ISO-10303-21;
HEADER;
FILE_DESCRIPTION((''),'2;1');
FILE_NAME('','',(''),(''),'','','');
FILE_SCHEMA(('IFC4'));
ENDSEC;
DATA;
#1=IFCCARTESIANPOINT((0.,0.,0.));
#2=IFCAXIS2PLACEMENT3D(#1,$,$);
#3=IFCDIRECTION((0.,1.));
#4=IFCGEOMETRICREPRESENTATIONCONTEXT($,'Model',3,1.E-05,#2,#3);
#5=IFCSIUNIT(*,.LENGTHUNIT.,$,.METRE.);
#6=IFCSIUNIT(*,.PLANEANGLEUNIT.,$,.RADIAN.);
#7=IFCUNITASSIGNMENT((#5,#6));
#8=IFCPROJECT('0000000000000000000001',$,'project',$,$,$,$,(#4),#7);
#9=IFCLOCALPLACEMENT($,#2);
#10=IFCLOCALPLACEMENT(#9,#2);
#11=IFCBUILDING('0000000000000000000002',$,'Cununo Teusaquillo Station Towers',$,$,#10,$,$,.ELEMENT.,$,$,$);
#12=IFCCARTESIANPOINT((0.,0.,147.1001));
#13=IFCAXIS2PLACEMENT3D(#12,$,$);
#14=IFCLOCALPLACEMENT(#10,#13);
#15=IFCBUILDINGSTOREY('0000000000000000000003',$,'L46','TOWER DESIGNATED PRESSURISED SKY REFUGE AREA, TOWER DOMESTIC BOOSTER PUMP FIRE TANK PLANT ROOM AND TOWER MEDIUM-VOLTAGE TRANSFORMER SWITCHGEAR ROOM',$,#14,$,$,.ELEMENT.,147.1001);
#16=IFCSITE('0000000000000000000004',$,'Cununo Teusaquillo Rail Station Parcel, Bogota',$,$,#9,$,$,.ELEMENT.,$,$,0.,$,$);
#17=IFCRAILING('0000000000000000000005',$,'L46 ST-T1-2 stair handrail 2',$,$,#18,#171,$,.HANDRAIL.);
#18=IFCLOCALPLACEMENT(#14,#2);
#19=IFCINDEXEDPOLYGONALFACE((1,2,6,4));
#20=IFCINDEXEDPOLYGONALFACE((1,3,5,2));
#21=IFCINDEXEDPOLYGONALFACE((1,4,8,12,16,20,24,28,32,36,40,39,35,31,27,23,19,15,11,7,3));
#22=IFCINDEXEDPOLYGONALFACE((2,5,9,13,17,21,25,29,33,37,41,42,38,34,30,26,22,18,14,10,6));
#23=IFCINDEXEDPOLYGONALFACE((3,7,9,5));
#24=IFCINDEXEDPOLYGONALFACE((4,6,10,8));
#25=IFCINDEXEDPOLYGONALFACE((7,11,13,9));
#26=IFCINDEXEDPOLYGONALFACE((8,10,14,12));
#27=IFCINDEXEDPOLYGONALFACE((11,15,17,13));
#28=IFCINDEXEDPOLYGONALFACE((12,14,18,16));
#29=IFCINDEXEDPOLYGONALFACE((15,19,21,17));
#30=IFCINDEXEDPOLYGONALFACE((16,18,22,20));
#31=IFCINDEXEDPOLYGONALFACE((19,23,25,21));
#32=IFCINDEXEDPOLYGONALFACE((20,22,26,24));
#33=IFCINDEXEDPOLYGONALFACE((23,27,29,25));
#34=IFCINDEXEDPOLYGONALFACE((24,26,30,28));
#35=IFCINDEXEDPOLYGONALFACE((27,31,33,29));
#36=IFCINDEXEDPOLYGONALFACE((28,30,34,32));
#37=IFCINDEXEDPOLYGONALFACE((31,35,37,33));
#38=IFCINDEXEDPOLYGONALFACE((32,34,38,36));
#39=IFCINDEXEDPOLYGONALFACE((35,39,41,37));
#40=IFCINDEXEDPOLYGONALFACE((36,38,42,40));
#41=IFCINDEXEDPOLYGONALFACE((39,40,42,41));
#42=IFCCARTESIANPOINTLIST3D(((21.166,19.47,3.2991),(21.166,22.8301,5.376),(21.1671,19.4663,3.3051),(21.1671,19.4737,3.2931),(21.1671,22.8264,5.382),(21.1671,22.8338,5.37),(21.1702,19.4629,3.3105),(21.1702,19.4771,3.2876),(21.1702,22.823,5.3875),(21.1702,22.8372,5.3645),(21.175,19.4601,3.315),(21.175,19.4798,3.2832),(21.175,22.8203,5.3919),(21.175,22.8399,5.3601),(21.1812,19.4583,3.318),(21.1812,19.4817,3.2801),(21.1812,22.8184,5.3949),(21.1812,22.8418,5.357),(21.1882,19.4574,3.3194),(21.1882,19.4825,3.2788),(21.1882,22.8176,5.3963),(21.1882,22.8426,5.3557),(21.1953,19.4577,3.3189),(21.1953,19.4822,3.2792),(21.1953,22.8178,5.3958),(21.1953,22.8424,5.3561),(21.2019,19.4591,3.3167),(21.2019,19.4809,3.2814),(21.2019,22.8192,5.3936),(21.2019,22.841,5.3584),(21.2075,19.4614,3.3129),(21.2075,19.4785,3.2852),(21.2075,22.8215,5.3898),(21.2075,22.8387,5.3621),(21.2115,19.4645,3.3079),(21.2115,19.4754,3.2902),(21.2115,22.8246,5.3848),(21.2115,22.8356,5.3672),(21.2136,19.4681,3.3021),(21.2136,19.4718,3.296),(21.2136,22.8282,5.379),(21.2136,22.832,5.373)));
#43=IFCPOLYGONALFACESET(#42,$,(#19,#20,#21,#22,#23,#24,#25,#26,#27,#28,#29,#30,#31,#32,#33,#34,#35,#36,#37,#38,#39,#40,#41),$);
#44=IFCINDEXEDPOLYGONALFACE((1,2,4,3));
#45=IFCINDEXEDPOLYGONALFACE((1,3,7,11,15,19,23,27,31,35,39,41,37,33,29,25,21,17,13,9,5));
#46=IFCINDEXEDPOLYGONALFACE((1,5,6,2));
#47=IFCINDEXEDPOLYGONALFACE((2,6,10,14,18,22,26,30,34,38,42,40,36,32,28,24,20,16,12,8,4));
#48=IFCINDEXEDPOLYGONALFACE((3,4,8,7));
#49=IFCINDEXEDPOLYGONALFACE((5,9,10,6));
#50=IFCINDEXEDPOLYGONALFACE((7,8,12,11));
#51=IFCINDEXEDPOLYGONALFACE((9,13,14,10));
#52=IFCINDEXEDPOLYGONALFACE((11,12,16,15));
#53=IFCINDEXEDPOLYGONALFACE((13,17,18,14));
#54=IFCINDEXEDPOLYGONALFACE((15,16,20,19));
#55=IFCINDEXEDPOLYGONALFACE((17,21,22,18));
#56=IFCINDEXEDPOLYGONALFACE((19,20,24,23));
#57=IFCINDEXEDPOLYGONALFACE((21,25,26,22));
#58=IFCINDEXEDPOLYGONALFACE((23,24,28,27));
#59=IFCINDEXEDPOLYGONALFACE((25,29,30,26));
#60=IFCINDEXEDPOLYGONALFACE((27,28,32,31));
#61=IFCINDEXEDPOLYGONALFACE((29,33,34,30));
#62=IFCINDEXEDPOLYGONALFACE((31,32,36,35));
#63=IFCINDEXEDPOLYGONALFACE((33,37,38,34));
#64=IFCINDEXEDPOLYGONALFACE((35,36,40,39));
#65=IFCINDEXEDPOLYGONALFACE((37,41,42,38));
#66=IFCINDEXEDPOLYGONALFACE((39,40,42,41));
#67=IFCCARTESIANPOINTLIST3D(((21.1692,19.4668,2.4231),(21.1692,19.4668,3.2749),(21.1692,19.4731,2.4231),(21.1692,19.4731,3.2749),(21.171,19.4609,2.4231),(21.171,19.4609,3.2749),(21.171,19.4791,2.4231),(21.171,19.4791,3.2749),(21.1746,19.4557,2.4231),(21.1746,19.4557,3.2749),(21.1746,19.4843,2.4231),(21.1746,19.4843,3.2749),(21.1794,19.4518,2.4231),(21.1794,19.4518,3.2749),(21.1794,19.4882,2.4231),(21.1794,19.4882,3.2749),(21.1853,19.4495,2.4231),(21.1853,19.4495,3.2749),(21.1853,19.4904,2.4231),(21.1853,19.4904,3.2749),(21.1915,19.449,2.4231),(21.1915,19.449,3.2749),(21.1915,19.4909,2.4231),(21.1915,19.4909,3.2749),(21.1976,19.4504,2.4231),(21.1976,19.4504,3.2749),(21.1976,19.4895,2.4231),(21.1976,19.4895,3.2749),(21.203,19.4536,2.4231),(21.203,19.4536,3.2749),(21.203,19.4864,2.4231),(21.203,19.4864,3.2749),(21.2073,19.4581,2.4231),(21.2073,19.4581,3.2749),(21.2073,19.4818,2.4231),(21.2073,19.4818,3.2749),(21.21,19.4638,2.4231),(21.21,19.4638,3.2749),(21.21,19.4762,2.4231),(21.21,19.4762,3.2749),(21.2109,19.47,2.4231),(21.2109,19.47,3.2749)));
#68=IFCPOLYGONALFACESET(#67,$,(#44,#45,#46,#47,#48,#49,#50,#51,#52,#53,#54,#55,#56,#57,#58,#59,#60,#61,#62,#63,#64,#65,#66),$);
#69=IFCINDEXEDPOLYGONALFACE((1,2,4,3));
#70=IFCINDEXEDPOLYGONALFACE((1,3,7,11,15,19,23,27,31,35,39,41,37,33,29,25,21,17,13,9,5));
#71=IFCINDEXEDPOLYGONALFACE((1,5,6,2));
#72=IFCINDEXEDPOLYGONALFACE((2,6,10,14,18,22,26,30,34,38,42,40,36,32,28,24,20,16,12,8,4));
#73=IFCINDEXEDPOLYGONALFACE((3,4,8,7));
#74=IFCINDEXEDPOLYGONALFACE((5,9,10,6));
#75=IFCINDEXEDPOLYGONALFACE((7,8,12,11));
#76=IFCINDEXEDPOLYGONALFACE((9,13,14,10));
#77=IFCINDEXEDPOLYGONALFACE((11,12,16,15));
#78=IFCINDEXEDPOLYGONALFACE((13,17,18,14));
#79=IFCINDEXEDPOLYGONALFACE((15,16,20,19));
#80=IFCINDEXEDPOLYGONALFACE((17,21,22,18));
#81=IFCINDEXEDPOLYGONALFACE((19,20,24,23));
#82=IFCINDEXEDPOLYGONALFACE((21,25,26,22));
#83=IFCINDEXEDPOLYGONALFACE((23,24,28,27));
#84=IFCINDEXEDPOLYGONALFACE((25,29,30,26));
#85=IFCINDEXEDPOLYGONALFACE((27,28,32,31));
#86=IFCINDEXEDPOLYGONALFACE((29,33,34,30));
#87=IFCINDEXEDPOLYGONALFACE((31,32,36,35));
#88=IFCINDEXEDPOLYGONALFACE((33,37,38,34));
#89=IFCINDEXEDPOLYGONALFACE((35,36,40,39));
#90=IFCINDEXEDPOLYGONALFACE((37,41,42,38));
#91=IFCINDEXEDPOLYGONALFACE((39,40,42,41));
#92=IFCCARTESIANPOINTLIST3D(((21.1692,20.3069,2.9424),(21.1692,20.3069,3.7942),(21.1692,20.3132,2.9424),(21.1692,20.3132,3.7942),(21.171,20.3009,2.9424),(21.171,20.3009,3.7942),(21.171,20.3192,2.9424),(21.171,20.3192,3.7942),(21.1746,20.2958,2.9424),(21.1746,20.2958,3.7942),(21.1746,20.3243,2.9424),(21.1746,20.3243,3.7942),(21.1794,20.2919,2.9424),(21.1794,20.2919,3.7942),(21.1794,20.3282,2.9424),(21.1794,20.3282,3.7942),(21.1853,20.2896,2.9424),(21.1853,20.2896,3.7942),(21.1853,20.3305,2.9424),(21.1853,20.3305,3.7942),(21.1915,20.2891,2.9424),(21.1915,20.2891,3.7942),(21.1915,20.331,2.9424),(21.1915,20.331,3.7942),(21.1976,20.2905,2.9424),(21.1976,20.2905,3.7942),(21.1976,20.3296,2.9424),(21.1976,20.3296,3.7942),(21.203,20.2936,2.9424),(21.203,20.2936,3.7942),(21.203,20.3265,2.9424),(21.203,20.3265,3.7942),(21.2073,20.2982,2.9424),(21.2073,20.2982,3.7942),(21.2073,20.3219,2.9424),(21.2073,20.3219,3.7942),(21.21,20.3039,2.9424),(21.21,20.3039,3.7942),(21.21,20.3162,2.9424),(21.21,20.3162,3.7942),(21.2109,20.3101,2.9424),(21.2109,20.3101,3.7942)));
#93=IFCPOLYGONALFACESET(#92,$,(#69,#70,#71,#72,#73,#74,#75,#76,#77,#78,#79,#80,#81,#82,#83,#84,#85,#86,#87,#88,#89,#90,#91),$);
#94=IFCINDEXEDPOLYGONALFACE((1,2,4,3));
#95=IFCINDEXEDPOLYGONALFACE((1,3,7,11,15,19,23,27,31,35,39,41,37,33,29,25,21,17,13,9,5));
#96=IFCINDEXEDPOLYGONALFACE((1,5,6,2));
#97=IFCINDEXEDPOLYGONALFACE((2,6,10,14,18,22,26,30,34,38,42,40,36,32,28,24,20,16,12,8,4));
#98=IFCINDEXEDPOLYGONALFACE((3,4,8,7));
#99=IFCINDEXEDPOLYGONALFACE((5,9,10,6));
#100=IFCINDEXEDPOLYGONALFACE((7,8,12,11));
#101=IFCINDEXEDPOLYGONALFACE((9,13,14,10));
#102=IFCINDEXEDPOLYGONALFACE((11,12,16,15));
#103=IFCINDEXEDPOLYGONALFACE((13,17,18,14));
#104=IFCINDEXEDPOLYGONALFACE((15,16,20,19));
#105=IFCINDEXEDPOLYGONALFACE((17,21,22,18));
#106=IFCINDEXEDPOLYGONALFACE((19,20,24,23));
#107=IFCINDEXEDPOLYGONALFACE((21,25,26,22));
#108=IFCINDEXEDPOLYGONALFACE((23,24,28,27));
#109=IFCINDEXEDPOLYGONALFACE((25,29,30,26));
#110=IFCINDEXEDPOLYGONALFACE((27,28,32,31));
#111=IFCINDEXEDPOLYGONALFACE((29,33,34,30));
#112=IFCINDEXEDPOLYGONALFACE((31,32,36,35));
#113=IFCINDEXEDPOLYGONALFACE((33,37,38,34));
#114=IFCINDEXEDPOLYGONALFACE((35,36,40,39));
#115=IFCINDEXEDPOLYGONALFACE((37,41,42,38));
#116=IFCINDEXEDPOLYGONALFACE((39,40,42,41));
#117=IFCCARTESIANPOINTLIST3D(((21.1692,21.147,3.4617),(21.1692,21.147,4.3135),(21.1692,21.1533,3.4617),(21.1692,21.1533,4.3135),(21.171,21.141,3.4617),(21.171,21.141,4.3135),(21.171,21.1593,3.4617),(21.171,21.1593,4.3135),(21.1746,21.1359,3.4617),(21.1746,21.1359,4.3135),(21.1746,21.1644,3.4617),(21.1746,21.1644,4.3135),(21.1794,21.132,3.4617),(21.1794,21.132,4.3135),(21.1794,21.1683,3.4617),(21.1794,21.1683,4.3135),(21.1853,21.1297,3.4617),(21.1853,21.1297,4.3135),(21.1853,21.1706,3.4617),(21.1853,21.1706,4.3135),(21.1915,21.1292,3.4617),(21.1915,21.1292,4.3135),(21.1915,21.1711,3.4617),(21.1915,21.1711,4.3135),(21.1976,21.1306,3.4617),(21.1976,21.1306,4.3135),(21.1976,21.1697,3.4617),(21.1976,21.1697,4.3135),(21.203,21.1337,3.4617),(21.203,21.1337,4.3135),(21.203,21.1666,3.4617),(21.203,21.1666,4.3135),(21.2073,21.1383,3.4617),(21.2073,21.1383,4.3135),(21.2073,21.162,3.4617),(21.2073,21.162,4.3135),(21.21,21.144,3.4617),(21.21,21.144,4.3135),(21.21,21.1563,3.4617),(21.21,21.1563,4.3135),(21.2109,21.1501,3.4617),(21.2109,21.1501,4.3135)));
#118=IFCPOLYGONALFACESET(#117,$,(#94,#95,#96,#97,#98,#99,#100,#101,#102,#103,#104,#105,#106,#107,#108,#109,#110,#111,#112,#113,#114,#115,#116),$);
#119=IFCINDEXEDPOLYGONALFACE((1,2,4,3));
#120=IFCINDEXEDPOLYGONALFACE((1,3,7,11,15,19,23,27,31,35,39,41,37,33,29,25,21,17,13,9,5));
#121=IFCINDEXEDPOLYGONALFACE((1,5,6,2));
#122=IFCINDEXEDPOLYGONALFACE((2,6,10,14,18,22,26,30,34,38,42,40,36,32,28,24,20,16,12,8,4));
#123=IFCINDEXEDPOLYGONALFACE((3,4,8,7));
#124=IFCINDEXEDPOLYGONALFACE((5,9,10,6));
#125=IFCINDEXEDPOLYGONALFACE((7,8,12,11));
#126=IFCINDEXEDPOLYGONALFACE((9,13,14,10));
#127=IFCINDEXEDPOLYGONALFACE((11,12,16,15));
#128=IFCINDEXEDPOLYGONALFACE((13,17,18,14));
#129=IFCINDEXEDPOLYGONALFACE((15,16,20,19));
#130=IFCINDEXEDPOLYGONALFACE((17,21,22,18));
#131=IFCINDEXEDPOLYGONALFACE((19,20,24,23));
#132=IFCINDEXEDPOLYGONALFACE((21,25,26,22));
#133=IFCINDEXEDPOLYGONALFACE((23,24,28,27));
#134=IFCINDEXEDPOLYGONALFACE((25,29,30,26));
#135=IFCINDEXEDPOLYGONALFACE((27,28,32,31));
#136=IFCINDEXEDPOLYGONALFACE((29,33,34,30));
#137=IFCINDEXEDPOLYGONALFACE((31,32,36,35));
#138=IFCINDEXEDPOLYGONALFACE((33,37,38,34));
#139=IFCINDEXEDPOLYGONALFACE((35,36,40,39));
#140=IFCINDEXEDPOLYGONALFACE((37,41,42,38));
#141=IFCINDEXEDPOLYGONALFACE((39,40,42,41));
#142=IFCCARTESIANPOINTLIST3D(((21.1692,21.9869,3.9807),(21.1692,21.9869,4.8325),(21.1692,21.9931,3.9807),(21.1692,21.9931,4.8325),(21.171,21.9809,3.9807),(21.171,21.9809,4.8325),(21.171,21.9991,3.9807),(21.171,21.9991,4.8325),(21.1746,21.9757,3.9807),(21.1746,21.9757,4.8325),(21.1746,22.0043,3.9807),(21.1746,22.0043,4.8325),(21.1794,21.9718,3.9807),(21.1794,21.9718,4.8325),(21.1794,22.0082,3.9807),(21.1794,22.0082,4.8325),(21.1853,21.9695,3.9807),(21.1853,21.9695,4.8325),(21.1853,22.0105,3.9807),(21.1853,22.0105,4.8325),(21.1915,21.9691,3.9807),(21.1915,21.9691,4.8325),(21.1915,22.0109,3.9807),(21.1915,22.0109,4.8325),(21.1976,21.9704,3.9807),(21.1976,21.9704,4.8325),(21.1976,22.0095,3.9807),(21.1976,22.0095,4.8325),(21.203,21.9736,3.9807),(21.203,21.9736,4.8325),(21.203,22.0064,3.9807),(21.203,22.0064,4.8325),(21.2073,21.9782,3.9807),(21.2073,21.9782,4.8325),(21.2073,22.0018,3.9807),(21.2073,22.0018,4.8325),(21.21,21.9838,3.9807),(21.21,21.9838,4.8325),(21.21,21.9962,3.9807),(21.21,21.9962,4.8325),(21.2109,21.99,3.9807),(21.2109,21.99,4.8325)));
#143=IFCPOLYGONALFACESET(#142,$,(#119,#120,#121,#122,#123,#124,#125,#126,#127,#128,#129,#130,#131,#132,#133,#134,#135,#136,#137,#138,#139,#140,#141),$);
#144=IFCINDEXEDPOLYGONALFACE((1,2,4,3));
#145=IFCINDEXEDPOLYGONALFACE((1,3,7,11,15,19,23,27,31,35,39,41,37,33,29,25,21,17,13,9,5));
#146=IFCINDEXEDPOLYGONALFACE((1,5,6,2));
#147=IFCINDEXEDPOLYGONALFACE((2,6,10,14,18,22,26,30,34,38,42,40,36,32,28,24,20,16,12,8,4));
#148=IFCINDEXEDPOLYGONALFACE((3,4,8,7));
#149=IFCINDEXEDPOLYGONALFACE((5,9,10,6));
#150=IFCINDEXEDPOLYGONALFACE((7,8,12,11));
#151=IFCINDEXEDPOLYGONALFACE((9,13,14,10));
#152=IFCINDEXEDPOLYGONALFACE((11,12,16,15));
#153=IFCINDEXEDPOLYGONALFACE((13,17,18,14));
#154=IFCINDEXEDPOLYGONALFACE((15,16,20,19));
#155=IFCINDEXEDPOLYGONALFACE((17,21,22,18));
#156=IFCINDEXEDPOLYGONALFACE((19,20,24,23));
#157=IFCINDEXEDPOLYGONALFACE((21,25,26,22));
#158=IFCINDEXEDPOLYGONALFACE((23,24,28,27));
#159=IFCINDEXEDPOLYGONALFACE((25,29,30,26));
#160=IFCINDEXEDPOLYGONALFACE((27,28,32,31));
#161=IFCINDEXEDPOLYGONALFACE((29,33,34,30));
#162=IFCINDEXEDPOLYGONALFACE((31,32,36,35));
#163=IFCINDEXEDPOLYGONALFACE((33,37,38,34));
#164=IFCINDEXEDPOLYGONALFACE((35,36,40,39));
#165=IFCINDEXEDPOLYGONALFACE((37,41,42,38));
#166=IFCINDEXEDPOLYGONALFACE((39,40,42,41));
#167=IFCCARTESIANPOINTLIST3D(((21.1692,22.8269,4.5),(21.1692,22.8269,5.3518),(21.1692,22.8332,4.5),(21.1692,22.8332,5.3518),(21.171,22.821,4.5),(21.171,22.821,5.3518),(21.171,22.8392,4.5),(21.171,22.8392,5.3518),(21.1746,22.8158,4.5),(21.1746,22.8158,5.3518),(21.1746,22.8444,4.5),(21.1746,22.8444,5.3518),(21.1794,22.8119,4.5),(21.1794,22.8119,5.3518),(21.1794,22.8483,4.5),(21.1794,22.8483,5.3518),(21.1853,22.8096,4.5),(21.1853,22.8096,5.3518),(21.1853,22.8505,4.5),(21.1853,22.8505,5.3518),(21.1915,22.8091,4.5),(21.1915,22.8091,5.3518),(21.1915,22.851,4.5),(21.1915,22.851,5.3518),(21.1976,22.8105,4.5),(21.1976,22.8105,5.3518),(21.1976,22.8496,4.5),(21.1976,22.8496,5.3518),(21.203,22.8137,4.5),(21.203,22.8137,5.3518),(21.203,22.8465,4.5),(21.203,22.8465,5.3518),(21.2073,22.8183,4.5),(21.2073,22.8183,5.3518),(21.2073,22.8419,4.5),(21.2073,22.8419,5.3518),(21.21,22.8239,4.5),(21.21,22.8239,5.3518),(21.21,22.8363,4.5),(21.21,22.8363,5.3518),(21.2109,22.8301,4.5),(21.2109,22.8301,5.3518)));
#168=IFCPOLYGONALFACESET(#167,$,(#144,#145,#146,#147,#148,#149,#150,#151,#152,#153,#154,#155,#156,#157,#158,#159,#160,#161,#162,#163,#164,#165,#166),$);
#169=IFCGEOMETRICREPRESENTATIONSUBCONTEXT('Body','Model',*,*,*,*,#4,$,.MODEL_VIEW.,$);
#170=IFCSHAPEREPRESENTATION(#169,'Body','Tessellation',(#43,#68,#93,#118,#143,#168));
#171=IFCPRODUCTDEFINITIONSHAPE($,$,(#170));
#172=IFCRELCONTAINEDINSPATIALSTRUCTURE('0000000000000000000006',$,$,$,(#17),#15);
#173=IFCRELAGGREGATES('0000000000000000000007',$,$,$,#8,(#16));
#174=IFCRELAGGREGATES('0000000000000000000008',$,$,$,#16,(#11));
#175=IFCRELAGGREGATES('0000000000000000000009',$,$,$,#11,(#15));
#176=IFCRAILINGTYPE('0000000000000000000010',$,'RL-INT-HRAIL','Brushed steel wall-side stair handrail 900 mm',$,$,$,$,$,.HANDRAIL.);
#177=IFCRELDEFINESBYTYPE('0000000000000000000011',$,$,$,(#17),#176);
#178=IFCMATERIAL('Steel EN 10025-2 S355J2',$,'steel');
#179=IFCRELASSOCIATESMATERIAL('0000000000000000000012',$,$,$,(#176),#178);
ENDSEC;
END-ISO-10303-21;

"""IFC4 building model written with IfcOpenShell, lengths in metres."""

from ifc_helpers import new_model, si_unit, direction, frame, origin, origin_2d, place, context, subcontext, project, spatial, circle, extrude, material, type_object, element, save


model = new_model("IFC4")

# Units and contexts
model_context = context("Model", 3, precision=1e-05, world=origin(), true_north=direction((0.0, 1.0)))
body_context = subcontext(model_context, "Body", "Model", "MODEL_VIEW")
ifc_project = project(units=[si_unit("LENGTHUNIT", "METRE"), si_unit("PLANEANGLEUNIT", "RADIAN")], contexts=[model_context])

# Site, building, storey
site_placement = place(None, origin())
site = spatial("IfcSite", under=ifc_project, at=site_placement, Name="Cununo Teusaquillo Rail Station Parcel, Bogota", CompositionType="ELEMENT", RefElevation=0.0)
building_placement = place(site_placement, origin())
building = spatial("IfcBuilding", under=site, at=building_placement, Name="Cununo Teusaquillo Station Towers", CompositionType="ELEMENT")
storey_placement = place(building_placement, frame((0.0, 0.0, 147.1001)))
storey = spatial("IfcBuildingStorey", under=building, at=storey_placement, Name="L46", Description="TOWER DESIGNATED PRESSURISED SKY REFUGE AREA, TOWER DOMESTIC BOOSTER PUMP FIRE TANK PLANT ROOM AND TOWER MEDIUM-VOLTAGE TRANSFORMER SWITCHGEAR ROOM", CompositionType="ELEMENT", Elevation=147.1001)

# Railing
ifc_material_1 = material(Name="Steel EN 10025-2 S355J2", Category="steel")
railing_type_1 = type_object("IfcRailingType", Name="RL-INT-HRAIL", Description="Brushed steel wall-side stair handrail 900 mm", PredefinedType="HANDRAIL", material=ifc_material_1)
railing_1_placement = place(storey_placement, frame((21.1899, 19.47, 2.4231)))
element("IfcRailing", 1, at=railing_1_placement, inside=storey, type_object=railing_type_1, Name="L46 ST-T1-2 stair handrail 2", PredefinedType="HANDRAIL", context=body_context, shape_type="SweptSolid", body=[
    extrude(circle(Radius=0.0239, at=origin_2d()), frame((0.0, 0.0, 0.876), z_axis=(0.0, 0.850623, 0.525776), x_axis=(-1.0, 0.0, 0.0)), (0.0, 0.0, 1.0), 3.9502),
    extrude(circle(Radius=0.021, at=origin_2d()), origin(), (0.0, 0.0, 1.0), 0.8518),
    extrude(circle(Radius=0.021, at=origin_2d()), frame((0.0, 0.8401, 0.5193)), (0.0, 0.0, 1.0), 0.8518),
    extrude(circle(Radius=0.021, at=origin_2d()), frame((0.0, 1.6802, 1.0386)), (0.0, 0.0, 1.0), 0.8518),
    extrude(circle(Radius=0.021, at=origin_2d()), frame((0.0, 2.52, 1.5576)), (0.0, 0.0, 1.0), 0.8518),
    extrude(circle(Radius=0.021, at=origin_2d()), frame((0.0, 3.3601, 2.0769)), (0.0, 0.0, 1.0), 0.8518),
])

save(model, "model.ifc")
